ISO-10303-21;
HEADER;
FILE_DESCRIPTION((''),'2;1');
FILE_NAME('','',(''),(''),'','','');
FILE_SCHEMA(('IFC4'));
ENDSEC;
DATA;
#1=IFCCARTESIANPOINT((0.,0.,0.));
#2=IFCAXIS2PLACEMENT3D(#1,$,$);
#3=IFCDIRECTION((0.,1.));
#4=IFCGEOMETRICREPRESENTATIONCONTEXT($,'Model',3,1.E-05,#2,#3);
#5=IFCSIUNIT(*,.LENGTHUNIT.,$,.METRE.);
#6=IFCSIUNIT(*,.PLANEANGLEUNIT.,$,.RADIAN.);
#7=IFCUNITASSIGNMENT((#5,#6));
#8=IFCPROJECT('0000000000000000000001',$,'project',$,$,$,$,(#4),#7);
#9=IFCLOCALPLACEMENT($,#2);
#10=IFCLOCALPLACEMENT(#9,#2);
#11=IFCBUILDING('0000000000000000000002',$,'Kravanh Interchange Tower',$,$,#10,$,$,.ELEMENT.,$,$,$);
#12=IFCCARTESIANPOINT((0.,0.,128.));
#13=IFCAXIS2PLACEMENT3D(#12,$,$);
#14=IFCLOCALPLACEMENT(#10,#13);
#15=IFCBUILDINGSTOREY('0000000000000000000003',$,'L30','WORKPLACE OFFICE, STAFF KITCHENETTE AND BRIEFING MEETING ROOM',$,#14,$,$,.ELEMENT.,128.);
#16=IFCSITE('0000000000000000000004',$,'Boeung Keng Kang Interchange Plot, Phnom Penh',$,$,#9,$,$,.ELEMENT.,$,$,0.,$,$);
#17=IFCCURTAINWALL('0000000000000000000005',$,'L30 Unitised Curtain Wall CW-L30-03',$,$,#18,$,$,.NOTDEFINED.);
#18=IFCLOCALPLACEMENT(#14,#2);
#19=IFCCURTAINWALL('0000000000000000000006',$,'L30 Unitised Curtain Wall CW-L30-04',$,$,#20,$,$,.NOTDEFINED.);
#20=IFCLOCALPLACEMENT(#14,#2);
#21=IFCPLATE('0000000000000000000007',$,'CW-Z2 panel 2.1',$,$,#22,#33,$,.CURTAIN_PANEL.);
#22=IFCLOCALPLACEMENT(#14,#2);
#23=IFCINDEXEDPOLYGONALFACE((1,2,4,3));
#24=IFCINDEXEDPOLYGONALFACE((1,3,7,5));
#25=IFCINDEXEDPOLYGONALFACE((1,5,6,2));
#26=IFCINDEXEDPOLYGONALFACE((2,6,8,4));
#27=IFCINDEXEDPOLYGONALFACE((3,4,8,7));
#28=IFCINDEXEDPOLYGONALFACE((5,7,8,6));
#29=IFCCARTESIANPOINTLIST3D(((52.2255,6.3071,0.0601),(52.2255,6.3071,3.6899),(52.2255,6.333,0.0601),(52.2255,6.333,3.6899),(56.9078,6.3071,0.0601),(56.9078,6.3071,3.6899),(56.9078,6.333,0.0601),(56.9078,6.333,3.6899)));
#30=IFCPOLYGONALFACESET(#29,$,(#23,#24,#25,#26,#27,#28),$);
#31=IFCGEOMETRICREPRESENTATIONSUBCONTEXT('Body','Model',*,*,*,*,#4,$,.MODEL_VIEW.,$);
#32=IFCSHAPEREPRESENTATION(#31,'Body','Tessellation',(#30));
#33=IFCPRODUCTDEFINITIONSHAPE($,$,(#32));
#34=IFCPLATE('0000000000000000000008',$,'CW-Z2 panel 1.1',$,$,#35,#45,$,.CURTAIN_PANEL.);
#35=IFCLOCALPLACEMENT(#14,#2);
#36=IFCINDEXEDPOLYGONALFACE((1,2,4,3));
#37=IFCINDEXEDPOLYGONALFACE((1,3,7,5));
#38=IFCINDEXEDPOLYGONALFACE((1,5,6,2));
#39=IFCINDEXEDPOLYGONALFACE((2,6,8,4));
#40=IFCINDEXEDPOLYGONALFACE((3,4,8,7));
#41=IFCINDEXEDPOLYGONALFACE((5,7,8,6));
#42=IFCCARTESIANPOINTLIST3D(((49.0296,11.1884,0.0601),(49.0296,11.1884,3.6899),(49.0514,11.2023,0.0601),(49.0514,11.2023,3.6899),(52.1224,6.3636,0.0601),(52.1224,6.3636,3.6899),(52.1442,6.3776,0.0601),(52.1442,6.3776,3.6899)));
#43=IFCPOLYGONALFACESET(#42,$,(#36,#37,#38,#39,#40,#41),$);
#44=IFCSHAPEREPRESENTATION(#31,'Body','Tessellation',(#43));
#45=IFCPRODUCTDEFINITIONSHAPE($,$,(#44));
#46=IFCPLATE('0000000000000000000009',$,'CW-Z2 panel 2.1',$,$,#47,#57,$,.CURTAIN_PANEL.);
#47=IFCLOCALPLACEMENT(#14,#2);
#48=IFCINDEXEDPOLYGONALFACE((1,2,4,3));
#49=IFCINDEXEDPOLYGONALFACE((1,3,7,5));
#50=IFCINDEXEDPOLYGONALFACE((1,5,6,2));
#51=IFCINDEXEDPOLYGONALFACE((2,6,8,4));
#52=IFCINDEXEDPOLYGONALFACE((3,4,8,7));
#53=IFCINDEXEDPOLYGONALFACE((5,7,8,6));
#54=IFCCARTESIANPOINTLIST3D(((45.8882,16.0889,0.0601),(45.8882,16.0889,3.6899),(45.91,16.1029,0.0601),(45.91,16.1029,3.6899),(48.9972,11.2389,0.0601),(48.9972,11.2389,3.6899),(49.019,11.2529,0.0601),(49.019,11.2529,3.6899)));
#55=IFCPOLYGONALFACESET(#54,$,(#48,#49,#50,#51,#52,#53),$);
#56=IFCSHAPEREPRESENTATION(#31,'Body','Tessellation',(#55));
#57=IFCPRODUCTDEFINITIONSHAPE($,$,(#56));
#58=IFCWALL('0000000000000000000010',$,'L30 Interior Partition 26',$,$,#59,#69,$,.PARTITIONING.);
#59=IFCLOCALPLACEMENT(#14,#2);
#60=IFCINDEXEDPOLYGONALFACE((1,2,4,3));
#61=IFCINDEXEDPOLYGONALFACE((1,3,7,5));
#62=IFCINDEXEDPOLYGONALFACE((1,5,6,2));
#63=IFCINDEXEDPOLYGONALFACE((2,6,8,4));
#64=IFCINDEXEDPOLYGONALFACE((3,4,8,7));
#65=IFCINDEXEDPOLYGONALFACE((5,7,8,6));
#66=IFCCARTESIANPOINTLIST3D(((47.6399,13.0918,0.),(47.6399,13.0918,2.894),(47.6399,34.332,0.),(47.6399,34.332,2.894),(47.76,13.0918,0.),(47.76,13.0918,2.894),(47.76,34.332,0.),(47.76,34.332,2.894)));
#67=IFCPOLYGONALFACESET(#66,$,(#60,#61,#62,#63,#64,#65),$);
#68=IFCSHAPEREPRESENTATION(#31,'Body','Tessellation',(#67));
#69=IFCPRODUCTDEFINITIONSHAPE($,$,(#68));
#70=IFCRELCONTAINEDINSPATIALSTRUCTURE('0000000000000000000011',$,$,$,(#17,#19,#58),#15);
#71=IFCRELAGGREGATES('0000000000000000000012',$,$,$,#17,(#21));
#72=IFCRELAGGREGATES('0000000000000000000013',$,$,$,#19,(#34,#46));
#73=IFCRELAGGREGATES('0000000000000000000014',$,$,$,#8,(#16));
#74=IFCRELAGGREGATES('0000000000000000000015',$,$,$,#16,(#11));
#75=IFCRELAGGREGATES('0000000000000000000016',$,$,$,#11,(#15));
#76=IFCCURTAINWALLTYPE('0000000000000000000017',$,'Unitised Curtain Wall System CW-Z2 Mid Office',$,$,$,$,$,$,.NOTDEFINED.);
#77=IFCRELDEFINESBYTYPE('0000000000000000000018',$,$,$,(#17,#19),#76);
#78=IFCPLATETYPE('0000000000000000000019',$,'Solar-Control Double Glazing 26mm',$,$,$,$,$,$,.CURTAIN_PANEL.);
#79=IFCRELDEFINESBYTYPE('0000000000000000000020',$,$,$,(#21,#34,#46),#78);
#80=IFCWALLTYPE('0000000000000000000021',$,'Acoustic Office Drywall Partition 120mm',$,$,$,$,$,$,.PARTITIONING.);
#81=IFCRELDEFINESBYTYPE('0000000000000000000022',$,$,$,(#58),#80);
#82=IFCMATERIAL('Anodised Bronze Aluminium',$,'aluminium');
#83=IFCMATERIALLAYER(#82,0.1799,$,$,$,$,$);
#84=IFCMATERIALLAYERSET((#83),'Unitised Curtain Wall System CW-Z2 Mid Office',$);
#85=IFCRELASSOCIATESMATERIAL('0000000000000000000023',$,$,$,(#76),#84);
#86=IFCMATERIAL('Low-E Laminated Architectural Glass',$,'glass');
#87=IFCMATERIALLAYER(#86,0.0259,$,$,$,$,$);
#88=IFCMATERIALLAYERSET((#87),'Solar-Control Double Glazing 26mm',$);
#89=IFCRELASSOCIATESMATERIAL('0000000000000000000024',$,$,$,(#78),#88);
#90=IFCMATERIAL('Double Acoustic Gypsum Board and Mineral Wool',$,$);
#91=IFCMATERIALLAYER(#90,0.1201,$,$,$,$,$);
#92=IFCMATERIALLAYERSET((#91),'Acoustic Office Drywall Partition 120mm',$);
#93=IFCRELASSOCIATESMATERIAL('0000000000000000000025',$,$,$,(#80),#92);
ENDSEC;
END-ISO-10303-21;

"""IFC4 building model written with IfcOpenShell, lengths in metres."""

from ifc_helpers import new_model, si_unit, direction, frame, frame_2d, origin, origin_2d, place, context, subcontext, project, spatial, rectangle, extrude, material, layer, layer_set, type_object, element, aggregate, save


model = new_model("IFC4")

# Units and contexts
model_context = context("Model", 3, precision=1e-05, world=origin(), true_north=direction((0.0, 1.0)))
body_context = subcontext(model_context, "Body", "Model", "MODEL_VIEW")
ifc_project = project(units=[si_unit("LENGTHUNIT", "METRE"), si_unit("PLANEANGLEUNIT", "RADIAN")], contexts=[model_context])

# Site, building, storey
site_placement = place(None, origin())
site = spatial("IfcSite", under=ifc_project, at=site_placement, Name="Boeung Keng Kang Interchange Plot, Phnom Penh", CompositionType="ELEMENT", RefElevation=0.0)
building_placement = place(site_placement, origin())
building = spatial("IfcBuilding", under=site, at=building_placement, Name="Kravanh Interchange Tower", CompositionType="ELEMENT")
storey_placement = place(building_placement, frame((0.0, 0.0, 128.0)))
storey = spatial("IfcBuildingStorey", under=building, at=storey_placement, Name="L30", Description="WORKPLACE OFFICE, STAFF KITCHENETTE AND BRIEFING MEETING ROOM", CompositionType="ELEMENT", Elevation=128.0)

# Curtain wall
ifc_material_1 = material(Name="Anodised Bronze Aluminium", Category="aluminium")
ifc_layer_1 = layer(ifc_material_1, 0.1799)
ifc_layer_set_1 = layer_set([ifc_layer_1], Name="Unitised Curtain Wall System CW-Z2 Mid Office")
curtain_wall_type = type_object("IfcCurtainWallType", Name="Unitised Curtain Wall System CW-Z2 Mid Office", PredefinedType="NOTDEFINED", material=ifc_layer_set_1)
curtain_wall_1_placement = place(storey_placement, origin())
curtain_wall_1 = element("IfcCurtainWall", 1, at=curtain_wall_1_placement, inside=storey, type_object=curtain_wall_type, Name="L30 Unitised Curtain Wall CW-L30-03", PredefinedType="NOTDEFINED")

# Curtain wall
curtain_wall_2_placement = place(storey_placement, origin())
curtain_wall_2 = element("IfcCurtainWall", 2, at=curtain_wall_2_placement, inside=storey, type_object=curtain_wall_type, Name="L30 Unitised Curtain Wall CW-L30-04", PredefinedType="NOTDEFINED")

# Plates
ifc_material_2 = material(Name="Low-E Laminated Architectural Glass", Category="glass")
ifc_layer_2 = layer(ifc_material_2, 0.0259)
ifc_layer_set_2 = layer_set([ifc_layer_2], Name="Solar-Control Double Glazing 26mm")
plate_type = type_object("IfcPlateType", Name="Solar-Control Double Glazing 26mm", PredefinedType="CURTAIN_PANEL", material=ifc_layer_set_2)
plate_1_placement = place(storey_placement, frame((54.5667, 6.3201, 0.0601), z_axis=(0.0, 0.0, 1.0), x_axis=(-1.0, 0.0, 0.0)))
plate_1 = element("IfcPlate", 3, at=plate_1_placement, type_object=plate_type, Name="CW-Z2 panel 2.1", PredefinedType="CURTAIN_PANEL", context=body_context, shape_type="SweptSolid", body=[
    extrude(rectangle(XDim=4.6824, YDim=0.0259, at=origin_2d()), origin(), (0.0, 0.0, 1.0), 3.6299),
])
aggregate(curtain_wall_1, [plate_1])
plate_2_placement = place(storey_placement, frame((50.5869, 8.783, 0.0601), z_axis=(0.0, 0.0, 1.0), x_axis=(-0.539665, 0.84188, 0.0)))
plate_2 = element("IfcPlate", 4, at=plate_2_placement, type_object=plate_type, Name="CW-Z2 panel 1.1", PredefinedType="CURTAIN_PANEL", context=body_context, shape_type="SweptSolid", body=[
    extrude(rectangle(XDim=5.731, YDim=0.0259, at=origin_2d()), origin(), (0.0, 0.0, 1.0), 3.6299),
])
plate_3_placement = place(storey_placement, frame((47.4536, 13.6709, 0.0601), z_axis=(0.0, 0.0, 1.0), x_axis=(-0.539665, 0.84188, 0.0)))
plate_3 = element("IfcPlate", 5, at=plate_3_placement, type_object=plate_type, Name="CW-Z2 panel 2.1", PredefinedType="CURTAIN_PANEL", context=body_context, shape_type="SweptSolid", body=[
    extrude(rectangle(XDim=5.761, YDim=0.0259, at=origin_2d()), origin(), (0.0, 0.0, 1.0), 3.6299),
])
aggregate(curtain_wall_2, [plate_2, plate_3])

# Wall
ifc_material_3 = material(Name="Double Acoustic Gypsum Board and Mineral Wool")
ifc_layer_3 = layer(ifc_material_3, 0.1201)
ifc_layer_set_3 = layer_set([ifc_layer_3], Name="Acoustic Office Drywall Partition 120mm")
wall_type = type_object("IfcWallType", Name="Acoustic Office Drywall Partition 120mm", PredefinedType="PARTITIONING", material=ifc_layer_set_3)
wall_placement = place(storey_placement, frame((47.7, 13.0918, 0.0), z_axis=(0.0, 0.0, 1.0), x_axis=(0.0, 1.0, 0.0)))
element("IfcWall", 6, at=wall_placement, inside=storey, type_object=wall_type, Name="L30 Interior Partition 26", PredefinedType="PARTITIONING", context=body_context, shape_type="SweptSolid", body=[
    extrude(rectangle(XDim=21.2402, YDim=0.1201, at=frame_2d((10.6201, 0.0))), origin(), (0.0, 0.0, 1.0), 2.894),
])

save(model, "model.ifc")
